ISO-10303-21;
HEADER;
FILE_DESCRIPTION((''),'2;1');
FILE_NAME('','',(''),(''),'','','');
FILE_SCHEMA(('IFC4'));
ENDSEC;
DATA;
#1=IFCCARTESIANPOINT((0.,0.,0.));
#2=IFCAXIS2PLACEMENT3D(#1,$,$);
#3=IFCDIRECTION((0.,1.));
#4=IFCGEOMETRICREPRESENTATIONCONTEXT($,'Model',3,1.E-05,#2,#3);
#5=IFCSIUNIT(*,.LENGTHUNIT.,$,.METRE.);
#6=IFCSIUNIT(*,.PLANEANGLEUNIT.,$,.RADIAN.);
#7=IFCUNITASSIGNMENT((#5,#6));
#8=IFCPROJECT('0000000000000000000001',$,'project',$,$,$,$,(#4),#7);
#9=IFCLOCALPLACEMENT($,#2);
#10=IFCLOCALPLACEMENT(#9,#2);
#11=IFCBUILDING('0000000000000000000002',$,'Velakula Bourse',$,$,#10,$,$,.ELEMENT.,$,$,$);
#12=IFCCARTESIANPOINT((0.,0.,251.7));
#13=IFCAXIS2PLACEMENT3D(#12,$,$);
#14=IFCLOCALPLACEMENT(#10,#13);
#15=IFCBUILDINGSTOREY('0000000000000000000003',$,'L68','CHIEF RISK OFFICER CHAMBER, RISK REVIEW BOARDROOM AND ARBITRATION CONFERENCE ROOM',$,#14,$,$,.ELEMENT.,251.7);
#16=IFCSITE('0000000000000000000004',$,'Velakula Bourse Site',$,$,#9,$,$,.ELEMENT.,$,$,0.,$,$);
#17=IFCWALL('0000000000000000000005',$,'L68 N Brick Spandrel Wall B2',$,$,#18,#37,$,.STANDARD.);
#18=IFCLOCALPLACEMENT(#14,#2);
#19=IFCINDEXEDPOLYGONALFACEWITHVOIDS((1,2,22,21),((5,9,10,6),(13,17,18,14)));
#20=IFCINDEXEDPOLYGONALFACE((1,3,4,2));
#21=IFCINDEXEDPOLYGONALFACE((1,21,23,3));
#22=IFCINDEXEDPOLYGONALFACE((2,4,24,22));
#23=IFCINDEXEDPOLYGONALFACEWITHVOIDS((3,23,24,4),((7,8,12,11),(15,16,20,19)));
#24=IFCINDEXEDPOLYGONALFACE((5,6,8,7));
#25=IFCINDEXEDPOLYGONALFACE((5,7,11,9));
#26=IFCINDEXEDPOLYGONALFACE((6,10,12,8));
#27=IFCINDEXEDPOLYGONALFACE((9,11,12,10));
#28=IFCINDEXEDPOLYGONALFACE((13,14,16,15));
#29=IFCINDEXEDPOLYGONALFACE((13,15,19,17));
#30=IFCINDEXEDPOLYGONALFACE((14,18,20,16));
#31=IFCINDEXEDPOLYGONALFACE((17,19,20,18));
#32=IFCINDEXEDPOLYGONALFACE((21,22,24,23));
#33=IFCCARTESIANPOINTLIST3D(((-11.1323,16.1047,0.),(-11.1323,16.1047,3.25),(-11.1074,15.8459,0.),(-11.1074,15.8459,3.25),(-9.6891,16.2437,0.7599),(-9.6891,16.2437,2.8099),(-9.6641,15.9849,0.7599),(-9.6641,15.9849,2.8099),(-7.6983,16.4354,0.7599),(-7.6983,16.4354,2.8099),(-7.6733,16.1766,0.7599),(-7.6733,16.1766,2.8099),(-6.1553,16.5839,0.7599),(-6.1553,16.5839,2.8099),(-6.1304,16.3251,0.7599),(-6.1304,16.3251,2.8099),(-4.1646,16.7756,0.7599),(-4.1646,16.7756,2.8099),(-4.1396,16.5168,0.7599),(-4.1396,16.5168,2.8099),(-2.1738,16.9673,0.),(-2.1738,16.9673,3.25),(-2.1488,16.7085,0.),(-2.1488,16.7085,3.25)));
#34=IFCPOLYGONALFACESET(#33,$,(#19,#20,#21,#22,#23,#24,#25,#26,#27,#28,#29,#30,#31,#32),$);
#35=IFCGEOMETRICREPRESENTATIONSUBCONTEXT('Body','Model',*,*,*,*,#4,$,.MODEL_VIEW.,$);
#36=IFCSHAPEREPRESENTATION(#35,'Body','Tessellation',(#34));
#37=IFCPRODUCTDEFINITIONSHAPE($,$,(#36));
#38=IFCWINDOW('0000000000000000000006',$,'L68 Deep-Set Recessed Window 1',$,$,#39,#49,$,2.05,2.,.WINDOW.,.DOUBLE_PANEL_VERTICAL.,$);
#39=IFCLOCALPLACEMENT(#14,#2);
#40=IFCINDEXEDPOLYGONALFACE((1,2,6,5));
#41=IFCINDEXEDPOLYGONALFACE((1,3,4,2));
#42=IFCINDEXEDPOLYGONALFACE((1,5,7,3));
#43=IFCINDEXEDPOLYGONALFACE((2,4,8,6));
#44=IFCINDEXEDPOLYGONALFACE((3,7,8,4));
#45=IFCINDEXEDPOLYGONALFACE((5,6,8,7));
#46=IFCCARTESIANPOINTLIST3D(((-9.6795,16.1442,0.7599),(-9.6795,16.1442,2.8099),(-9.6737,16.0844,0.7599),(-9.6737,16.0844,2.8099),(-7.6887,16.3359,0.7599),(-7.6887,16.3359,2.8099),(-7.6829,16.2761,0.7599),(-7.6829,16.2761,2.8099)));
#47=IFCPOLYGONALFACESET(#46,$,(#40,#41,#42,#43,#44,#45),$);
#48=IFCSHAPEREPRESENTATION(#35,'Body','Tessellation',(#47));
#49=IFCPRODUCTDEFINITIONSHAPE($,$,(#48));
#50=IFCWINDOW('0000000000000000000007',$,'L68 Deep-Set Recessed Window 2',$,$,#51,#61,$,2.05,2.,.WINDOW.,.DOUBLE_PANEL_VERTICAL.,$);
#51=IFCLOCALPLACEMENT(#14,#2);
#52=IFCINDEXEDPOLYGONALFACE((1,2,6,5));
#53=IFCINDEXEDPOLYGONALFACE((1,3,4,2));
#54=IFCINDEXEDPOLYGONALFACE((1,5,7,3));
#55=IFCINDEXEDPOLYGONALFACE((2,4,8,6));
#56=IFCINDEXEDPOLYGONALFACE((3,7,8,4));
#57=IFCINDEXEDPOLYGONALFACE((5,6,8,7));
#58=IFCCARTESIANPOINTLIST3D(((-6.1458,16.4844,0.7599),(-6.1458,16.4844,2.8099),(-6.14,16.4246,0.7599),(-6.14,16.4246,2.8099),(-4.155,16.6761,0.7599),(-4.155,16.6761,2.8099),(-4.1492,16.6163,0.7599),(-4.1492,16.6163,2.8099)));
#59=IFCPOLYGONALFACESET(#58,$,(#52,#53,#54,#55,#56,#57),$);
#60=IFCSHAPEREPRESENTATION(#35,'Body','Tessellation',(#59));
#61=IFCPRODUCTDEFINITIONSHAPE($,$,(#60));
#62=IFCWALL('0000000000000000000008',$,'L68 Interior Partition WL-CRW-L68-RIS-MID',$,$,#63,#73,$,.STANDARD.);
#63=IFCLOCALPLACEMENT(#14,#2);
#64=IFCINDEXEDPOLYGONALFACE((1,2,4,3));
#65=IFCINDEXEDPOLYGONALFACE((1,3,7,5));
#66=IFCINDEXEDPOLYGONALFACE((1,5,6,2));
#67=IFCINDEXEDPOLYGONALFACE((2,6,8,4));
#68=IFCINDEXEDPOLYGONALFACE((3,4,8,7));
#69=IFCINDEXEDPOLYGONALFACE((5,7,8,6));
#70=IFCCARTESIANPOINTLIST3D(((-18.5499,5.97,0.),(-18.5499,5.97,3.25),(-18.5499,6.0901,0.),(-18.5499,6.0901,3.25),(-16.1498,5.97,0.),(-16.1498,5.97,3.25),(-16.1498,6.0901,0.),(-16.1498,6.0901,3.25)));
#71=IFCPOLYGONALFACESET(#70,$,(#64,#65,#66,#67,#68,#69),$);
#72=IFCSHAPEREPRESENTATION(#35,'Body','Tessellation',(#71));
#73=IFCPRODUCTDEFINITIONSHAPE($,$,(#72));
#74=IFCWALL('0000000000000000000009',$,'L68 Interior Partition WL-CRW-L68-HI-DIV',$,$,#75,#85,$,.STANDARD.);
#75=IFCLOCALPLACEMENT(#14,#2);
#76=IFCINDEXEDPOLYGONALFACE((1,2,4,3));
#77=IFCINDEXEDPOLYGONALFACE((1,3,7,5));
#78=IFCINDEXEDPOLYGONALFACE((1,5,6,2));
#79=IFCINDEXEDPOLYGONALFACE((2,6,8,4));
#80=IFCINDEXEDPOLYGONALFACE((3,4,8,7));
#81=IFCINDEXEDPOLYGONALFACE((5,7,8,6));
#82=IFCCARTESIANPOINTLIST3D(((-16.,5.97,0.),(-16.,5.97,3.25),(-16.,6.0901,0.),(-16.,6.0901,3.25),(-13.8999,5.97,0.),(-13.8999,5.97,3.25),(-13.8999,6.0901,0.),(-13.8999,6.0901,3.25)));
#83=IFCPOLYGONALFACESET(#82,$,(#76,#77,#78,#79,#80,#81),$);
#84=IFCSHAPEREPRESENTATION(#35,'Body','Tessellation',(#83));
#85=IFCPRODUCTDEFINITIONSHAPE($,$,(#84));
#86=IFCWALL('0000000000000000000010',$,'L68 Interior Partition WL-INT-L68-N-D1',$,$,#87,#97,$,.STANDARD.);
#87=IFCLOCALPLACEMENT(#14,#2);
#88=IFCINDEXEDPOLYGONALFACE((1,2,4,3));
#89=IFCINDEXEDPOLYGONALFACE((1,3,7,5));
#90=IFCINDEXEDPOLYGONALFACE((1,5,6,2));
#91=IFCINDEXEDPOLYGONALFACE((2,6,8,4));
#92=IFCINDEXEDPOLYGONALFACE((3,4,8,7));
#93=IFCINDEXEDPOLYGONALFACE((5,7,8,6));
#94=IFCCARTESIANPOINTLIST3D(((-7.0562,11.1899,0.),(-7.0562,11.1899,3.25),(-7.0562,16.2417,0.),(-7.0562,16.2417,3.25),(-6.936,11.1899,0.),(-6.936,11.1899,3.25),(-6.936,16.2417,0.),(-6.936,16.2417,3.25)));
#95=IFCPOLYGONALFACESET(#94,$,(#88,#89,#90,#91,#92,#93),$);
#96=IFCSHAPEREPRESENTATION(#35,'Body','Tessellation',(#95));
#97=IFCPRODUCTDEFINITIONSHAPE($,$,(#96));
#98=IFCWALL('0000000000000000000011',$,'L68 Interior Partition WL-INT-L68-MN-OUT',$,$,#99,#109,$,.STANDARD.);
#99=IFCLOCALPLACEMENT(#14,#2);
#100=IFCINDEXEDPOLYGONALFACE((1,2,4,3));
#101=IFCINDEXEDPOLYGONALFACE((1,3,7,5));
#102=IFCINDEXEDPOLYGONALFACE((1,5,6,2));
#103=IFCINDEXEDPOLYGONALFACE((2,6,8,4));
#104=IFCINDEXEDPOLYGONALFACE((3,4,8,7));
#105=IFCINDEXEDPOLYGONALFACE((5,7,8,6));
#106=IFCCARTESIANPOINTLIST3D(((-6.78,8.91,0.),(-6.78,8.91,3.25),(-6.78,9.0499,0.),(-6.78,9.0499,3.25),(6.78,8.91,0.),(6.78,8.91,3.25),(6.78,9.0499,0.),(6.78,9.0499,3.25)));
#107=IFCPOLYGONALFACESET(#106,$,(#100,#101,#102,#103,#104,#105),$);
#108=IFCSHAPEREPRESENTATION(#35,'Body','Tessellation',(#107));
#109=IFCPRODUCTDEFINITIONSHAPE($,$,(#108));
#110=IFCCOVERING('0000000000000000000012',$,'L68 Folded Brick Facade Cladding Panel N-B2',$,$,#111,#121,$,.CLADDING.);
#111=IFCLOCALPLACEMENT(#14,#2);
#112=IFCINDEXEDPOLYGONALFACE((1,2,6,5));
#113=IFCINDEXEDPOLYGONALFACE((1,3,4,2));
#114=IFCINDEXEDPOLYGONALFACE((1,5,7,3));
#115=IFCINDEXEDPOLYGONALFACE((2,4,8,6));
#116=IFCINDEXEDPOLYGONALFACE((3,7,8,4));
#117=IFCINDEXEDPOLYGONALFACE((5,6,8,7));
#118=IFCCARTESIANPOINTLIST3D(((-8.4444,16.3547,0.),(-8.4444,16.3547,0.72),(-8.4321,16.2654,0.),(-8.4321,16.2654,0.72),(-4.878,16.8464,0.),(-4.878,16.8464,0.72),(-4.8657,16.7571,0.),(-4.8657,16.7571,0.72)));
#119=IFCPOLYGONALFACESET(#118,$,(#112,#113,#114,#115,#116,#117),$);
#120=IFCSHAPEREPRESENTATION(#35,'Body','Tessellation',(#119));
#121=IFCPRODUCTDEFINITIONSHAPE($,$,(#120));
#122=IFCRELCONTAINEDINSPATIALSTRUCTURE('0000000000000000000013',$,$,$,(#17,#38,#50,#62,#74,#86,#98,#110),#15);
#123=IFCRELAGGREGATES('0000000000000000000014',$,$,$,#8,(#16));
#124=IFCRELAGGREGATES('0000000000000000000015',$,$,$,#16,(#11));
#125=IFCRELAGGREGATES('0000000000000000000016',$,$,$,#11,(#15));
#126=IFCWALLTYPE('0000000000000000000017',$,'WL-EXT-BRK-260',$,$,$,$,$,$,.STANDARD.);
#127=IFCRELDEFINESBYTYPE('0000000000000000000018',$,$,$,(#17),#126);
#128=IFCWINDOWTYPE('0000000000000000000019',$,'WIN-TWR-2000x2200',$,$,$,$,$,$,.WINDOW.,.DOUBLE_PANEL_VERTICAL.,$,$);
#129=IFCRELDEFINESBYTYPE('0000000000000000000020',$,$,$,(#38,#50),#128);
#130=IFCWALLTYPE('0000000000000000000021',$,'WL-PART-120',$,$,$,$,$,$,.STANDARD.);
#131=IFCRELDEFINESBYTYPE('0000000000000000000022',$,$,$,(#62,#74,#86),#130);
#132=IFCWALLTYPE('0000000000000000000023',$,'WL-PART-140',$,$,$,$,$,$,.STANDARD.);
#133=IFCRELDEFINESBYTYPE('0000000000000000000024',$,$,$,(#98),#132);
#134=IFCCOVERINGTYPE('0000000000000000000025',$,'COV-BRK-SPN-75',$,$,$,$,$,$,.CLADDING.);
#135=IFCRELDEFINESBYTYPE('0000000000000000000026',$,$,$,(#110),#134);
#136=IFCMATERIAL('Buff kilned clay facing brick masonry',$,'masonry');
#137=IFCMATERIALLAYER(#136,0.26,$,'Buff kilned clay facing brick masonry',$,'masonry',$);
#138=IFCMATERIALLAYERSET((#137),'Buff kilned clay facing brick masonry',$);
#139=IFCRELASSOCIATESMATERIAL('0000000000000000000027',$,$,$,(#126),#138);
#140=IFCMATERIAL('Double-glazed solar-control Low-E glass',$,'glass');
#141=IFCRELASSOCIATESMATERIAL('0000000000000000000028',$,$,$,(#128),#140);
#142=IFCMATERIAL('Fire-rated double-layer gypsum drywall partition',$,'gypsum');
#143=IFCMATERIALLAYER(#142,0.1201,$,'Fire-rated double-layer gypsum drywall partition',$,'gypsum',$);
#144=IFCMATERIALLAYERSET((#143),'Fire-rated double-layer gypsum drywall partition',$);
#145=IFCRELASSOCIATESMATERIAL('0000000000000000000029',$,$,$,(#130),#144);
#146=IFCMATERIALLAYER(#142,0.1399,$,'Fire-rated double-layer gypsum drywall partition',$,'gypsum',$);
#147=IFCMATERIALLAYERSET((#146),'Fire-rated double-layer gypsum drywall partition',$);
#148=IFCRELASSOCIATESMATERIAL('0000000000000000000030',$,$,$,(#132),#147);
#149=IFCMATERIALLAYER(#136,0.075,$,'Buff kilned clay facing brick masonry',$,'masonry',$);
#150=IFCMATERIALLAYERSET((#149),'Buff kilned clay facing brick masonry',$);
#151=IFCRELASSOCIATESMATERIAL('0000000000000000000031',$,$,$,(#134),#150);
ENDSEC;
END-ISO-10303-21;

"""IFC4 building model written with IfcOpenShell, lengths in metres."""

from ifc_helpers import new_model, si_unit, direction, frame, frame_2d, origin, origin_2d, place, context, subcontext, project, spatial, rectangle, extrude, material, layer, layer_set, type_object, element, fill, save


model = new_model("IFC4")

# Units and contexts
model_context = context("Model", 3, precision=1e-05, world=origin(), true_north=direction((0.0, 1.0)))
body_context = subcontext(model_context, "Body", "Model", "MODEL_VIEW")
ifc_project = project(units=[si_unit("LENGTHUNIT", "METRE"), si_unit("PLANEANGLEUNIT", "RADIAN")], contexts=[model_context])

# Site, building, storey
site_placement = place(None, origin())
site = spatial("IfcSite", under=ifc_project, at=site_placement, Name="Velakula Bourse Site", CompositionType="ELEMENT", RefElevation=0.0)
building_placement = place(site_placement, origin())
building = spatial("IfcBuilding", under=site, at=building_placement, Name="Velakula Bourse", CompositionType="ELEMENT")
storey_placement = place(building_placement, frame((0.0, 0.0, 251.7)))
storey = spatial("IfcBuildingStorey", under=building, at=storey_placement, Name="L68", Description="CHIEF RISK OFFICER CHAMBER, RISK REVIEW BOARDROOM AND ARBITRATION CONFERENCE ROOM", CompositionType="ELEMENT", Elevation=251.7)

# Wall, openings, windows
ifc_material_1 = material(Name="Buff kilned clay facing brick masonry", Category="masonry")
ifc_layer_1 = layer(ifc_material_1, 0.26, Name="Buff kilned clay facing brick masonry", Category="masonry")
ifc_layer_set_1 = layer_set([ifc_layer_1], Name="Buff kilned clay facing brick masonry")
wall_type_1 = type_object("IfcWallType", Name="WL-EXT-BRK-260", PredefinedType="STANDARD", material=ifc_layer_set_1)
wall_1_placement = place(storey_placement, frame((-11.1199, 15.9753, 0.0), z_axis=(0.0, 0.0, 1.0), x_axis=(0.995397, 0.09584, 0.0)))
wall_1 = element("IfcWall", 1, at=wall_1_placement, inside=storey, type_object=wall_type_1, Name="L68 N Brick Spandrel Wall B2", PredefinedType="STANDARD", context=body_context, shape_type="SweptSolid", body=[
    extrude(rectangle(XDim=9.0, YDim=0.26, at=frame_2d((4.5, 0.0))), origin(), (0.0, 0.0, 1.0), 3.25),
])
opening_1_placement = place(wall_1_placement, frame((1.45, 0.0, 0.76)))
opening_1 = element("IfcOpeningElement", 2, at=opening_1_placement, cuts=wall_1, PredefinedType="OPENING", context=body_context, shape_type="SweptSolid", body=[
    extrude(rectangle(XDim=2.0, YDim=2.05, at=frame_2d((1.0, 1.0249))), frame((0.0, 0.1399, 0.0), z_axis=(0.0, -1.0, 0.0), x_axis=(1.0, 0.0, 0.0)), (0.0, 0.0, 1.0), 0.28),
])
opening_2_placement = place(wall_1_placement, frame((5.0, 0.0, 0.76)))
opening_2 = element("IfcOpeningElement", 3, at=opening_2_placement, cuts=wall_1, PredefinedType="OPENING", context=body_context, shape_type="SweptSolid", body=[
    extrude(rectangle(XDim=2.0, YDim=2.05, at=frame_2d((1.0, 1.0249))), frame((0.0, 0.1399, 0.0), z_axis=(0.0, -1.0, 0.0), x_axis=(1.0, 0.0, 0.0)), (0.0, 0.0, 1.0), 0.28),
])
ifc_material_2 = material(Name="Double-glazed solar-control Low-E glass", Category="glass")
window_type = type_object("IfcWindowType", Name="WIN-TWR-2000x2200", PartitioningType="DOUBLE_PANEL_VERTICAL", PredefinedType="WINDOW", material=ifc_material_2)
window_1_placement = place(opening_1_placement, origin())
window_1 = element("IfcWindow", 4, at=window_1_placement, inside=storey, type_object=window_type, Name="L68 Deep-Set Recessed Window 1", OverallHeight=2.05, OverallWidth=2.0, PartitioningType="DOUBLE_PANEL_VERTICAL", PredefinedType="WINDOW", context=body_context, shape_type="SweptSolid", body=[
    extrude(rectangle(XDim=2.0, YDim=2.05, at=frame_2d((1.0, 1.0249))), frame((0.0, 0.03, 0.0), z_axis=(0.0, -1.0, 0.0), x_axis=(1.0, 0.0, 0.0)), (0.0, 0.0, 1.0), 0.0601),
])
fill(opening_1, window_1)
window_2_placement = place(opening_2_placement, origin())
window_2 = element("IfcWindow", 5, at=window_2_placement, inside=storey, type_object=window_type, Name="L68 Deep-Set Recessed Window 2", OverallHeight=2.05, OverallWidth=2.0, PartitioningType="DOUBLE_PANEL_VERTICAL", PredefinedType="WINDOW", context=body_context, shape_type="SweptSolid", body=[
    extrude(rectangle(XDim=2.0, YDim=2.05, at=frame_2d((1.0, 1.0249))), frame((0.0, 0.03, 0.0), z_axis=(0.0, -1.0, 0.0), x_axis=(1.0, 0.0, 0.0)), (0.0, 0.0, 1.0), 0.0601),
])
fill(opening_2, window_2)

# Walls
ifc_material_3 = material(Name="Fire-rated double-layer gypsum drywall partition", Category="gypsum")
ifc_layer_2 = layer(ifc_material_3, 0.1201, Name="Fire-rated double-layer gypsum drywall partition", Category="gypsum")
ifc_layer_set_2 = layer_set([ifc_layer_2], Name="Fire-rated double-layer gypsum drywall partition")
wall_type_2 = type_object("IfcWallType", Name="WL-PART-120", PredefinedType="STANDARD", material=ifc_layer_set_2)
wall_2_placement = place(storey_placement, frame((-18.55, 6.03, 0.0), z_axis=(0.0, 0.0, 1.0), x_axis=(1.0, 0.0, 0.0)))
element("IfcWall", 6, at=wall_2_placement, inside=storey, type_object=wall_type_2, Name="L68 Interior Partition WL-CRW-L68-RIS-MID", PredefinedType="STANDARD", context=body_context, shape_type="SweptSolid", body=[
    extrude(rectangle(XDim=2.4001, YDim=0.1201, at=frame_2d((1.2002, 0.0))), origin(), (0.0, 0.0, 1.0), 3.25),
])
wall_3_placement = place(storey_placement, frame((-16.0, 6.03, 0.0), z_axis=(0.0, 0.0, 1.0), x_axis=(1.0, 0.0, 0.0)))
element("IfcWall", 7, at=wall_3_placement, inside=storey, type_object=wall_type_2, Name="L68 Interior Partition WL-CRW-L68-HI-DIV", PredefinedType="STANDARD", context=body_context, shape_type="SweptSolid", body=[
    extrude(rectangle(XDim=2.1001, YDim=0.1201, at=frame_2d((1.05, 0.0))), origin(), (0.0, 0.0, 1.0), 3.25),
])
wall_4_placement = place(storey_placement, frame((-6.9961, 11.1899, 0.0), z_axis=(0.0, 0.0, 1.0), x_axis=(0.0, 1.0, 0.0)))
element("IfcWall", 8, at=wall_4_placement, inside=storey, type_object=wall_type_2, Name="L68 Interior Partition WL-INT-L68-N-D1", PredefinedType="STANDARD", context=body_context, shape_type="SweptSolid", body=[
    extrude(rectangle(XDim=5.0518, YDim=0.1201, at=frame_2d((2.5259, 0.0))), origin(), (0.0, 0.0, 1.0), 3.25),
])
ifc_layer_3 = layer(ifc_material_3, 0.1399, Name="Fire-rated double-layer gypsum drywall partition", Category="gypsum")
ifc_layer_set_3 = layer_set([ifc_layer_3], Name="Fire-rated double-layer gypsum drywall partition")
wall_type_3 = type_object("IfcWallType", Name="WL-PART-140", PredefinedType="STANDARD", material=ifc_layer_set_3)
wall_5_placement = place(storey_placement, frame((-6.78, 8.98, 0.0), z_axis=(0.0, 0.0, 1.0), x_axis=(1.0, 0.0, 0.0)))
element("IfcWall", 9, at=wall_5_placement, inside=storey, type_object=wall_type_3, Name="L68 Interior Partition WL-INT-L68-MN-OUT", PredefinedType="STANDARD", context=body_context, shape_type="SweptSolid", body=[
    extrude(rectangle(XDim=13.5601, YDim=0.1399, at=frame_2d((6.78, 0.0))), origin(), (0.0, 0.0, 1.0), 3.25),
])

# Covering
ifc_layer_4 = layer(ifc_material_1, 0.075, Name="Buff kilned clay facing brick masonry", Category="masonry")
ifc_layer_set_4 = layer_set([ifc_layer_4], Name="Buff kilned clay facing brick masonry")
covering_type = type_object("IfcCoveringType", Name="COV-BRK-SPN-75", PredefinedType="CLADDING", material=ifc_layer_set_4)
covering_placement = place(storey_placement, frame((-6.655, 16.5559, 0.0), z_axis=(0.0, 0.0, 1.0), x_axis=(0.990629, 0.13658, 0.0)))
element("IfcCovering", 10, at=covering_placement, inside=storey, type_object=covering_type, Name="L68 Folded Brick Facade Cladding Panel N-B2", PredefinedType="CLADDING", context=body_context, shape_type="SweptSolid", body=[
    extrude(rectangle(XDim=3.6001, YDim=0.0901, at=origin_2d()), origin(), (0.0, 0.0, 1.0), 0.72),
])

save(model, "model.ifc")
